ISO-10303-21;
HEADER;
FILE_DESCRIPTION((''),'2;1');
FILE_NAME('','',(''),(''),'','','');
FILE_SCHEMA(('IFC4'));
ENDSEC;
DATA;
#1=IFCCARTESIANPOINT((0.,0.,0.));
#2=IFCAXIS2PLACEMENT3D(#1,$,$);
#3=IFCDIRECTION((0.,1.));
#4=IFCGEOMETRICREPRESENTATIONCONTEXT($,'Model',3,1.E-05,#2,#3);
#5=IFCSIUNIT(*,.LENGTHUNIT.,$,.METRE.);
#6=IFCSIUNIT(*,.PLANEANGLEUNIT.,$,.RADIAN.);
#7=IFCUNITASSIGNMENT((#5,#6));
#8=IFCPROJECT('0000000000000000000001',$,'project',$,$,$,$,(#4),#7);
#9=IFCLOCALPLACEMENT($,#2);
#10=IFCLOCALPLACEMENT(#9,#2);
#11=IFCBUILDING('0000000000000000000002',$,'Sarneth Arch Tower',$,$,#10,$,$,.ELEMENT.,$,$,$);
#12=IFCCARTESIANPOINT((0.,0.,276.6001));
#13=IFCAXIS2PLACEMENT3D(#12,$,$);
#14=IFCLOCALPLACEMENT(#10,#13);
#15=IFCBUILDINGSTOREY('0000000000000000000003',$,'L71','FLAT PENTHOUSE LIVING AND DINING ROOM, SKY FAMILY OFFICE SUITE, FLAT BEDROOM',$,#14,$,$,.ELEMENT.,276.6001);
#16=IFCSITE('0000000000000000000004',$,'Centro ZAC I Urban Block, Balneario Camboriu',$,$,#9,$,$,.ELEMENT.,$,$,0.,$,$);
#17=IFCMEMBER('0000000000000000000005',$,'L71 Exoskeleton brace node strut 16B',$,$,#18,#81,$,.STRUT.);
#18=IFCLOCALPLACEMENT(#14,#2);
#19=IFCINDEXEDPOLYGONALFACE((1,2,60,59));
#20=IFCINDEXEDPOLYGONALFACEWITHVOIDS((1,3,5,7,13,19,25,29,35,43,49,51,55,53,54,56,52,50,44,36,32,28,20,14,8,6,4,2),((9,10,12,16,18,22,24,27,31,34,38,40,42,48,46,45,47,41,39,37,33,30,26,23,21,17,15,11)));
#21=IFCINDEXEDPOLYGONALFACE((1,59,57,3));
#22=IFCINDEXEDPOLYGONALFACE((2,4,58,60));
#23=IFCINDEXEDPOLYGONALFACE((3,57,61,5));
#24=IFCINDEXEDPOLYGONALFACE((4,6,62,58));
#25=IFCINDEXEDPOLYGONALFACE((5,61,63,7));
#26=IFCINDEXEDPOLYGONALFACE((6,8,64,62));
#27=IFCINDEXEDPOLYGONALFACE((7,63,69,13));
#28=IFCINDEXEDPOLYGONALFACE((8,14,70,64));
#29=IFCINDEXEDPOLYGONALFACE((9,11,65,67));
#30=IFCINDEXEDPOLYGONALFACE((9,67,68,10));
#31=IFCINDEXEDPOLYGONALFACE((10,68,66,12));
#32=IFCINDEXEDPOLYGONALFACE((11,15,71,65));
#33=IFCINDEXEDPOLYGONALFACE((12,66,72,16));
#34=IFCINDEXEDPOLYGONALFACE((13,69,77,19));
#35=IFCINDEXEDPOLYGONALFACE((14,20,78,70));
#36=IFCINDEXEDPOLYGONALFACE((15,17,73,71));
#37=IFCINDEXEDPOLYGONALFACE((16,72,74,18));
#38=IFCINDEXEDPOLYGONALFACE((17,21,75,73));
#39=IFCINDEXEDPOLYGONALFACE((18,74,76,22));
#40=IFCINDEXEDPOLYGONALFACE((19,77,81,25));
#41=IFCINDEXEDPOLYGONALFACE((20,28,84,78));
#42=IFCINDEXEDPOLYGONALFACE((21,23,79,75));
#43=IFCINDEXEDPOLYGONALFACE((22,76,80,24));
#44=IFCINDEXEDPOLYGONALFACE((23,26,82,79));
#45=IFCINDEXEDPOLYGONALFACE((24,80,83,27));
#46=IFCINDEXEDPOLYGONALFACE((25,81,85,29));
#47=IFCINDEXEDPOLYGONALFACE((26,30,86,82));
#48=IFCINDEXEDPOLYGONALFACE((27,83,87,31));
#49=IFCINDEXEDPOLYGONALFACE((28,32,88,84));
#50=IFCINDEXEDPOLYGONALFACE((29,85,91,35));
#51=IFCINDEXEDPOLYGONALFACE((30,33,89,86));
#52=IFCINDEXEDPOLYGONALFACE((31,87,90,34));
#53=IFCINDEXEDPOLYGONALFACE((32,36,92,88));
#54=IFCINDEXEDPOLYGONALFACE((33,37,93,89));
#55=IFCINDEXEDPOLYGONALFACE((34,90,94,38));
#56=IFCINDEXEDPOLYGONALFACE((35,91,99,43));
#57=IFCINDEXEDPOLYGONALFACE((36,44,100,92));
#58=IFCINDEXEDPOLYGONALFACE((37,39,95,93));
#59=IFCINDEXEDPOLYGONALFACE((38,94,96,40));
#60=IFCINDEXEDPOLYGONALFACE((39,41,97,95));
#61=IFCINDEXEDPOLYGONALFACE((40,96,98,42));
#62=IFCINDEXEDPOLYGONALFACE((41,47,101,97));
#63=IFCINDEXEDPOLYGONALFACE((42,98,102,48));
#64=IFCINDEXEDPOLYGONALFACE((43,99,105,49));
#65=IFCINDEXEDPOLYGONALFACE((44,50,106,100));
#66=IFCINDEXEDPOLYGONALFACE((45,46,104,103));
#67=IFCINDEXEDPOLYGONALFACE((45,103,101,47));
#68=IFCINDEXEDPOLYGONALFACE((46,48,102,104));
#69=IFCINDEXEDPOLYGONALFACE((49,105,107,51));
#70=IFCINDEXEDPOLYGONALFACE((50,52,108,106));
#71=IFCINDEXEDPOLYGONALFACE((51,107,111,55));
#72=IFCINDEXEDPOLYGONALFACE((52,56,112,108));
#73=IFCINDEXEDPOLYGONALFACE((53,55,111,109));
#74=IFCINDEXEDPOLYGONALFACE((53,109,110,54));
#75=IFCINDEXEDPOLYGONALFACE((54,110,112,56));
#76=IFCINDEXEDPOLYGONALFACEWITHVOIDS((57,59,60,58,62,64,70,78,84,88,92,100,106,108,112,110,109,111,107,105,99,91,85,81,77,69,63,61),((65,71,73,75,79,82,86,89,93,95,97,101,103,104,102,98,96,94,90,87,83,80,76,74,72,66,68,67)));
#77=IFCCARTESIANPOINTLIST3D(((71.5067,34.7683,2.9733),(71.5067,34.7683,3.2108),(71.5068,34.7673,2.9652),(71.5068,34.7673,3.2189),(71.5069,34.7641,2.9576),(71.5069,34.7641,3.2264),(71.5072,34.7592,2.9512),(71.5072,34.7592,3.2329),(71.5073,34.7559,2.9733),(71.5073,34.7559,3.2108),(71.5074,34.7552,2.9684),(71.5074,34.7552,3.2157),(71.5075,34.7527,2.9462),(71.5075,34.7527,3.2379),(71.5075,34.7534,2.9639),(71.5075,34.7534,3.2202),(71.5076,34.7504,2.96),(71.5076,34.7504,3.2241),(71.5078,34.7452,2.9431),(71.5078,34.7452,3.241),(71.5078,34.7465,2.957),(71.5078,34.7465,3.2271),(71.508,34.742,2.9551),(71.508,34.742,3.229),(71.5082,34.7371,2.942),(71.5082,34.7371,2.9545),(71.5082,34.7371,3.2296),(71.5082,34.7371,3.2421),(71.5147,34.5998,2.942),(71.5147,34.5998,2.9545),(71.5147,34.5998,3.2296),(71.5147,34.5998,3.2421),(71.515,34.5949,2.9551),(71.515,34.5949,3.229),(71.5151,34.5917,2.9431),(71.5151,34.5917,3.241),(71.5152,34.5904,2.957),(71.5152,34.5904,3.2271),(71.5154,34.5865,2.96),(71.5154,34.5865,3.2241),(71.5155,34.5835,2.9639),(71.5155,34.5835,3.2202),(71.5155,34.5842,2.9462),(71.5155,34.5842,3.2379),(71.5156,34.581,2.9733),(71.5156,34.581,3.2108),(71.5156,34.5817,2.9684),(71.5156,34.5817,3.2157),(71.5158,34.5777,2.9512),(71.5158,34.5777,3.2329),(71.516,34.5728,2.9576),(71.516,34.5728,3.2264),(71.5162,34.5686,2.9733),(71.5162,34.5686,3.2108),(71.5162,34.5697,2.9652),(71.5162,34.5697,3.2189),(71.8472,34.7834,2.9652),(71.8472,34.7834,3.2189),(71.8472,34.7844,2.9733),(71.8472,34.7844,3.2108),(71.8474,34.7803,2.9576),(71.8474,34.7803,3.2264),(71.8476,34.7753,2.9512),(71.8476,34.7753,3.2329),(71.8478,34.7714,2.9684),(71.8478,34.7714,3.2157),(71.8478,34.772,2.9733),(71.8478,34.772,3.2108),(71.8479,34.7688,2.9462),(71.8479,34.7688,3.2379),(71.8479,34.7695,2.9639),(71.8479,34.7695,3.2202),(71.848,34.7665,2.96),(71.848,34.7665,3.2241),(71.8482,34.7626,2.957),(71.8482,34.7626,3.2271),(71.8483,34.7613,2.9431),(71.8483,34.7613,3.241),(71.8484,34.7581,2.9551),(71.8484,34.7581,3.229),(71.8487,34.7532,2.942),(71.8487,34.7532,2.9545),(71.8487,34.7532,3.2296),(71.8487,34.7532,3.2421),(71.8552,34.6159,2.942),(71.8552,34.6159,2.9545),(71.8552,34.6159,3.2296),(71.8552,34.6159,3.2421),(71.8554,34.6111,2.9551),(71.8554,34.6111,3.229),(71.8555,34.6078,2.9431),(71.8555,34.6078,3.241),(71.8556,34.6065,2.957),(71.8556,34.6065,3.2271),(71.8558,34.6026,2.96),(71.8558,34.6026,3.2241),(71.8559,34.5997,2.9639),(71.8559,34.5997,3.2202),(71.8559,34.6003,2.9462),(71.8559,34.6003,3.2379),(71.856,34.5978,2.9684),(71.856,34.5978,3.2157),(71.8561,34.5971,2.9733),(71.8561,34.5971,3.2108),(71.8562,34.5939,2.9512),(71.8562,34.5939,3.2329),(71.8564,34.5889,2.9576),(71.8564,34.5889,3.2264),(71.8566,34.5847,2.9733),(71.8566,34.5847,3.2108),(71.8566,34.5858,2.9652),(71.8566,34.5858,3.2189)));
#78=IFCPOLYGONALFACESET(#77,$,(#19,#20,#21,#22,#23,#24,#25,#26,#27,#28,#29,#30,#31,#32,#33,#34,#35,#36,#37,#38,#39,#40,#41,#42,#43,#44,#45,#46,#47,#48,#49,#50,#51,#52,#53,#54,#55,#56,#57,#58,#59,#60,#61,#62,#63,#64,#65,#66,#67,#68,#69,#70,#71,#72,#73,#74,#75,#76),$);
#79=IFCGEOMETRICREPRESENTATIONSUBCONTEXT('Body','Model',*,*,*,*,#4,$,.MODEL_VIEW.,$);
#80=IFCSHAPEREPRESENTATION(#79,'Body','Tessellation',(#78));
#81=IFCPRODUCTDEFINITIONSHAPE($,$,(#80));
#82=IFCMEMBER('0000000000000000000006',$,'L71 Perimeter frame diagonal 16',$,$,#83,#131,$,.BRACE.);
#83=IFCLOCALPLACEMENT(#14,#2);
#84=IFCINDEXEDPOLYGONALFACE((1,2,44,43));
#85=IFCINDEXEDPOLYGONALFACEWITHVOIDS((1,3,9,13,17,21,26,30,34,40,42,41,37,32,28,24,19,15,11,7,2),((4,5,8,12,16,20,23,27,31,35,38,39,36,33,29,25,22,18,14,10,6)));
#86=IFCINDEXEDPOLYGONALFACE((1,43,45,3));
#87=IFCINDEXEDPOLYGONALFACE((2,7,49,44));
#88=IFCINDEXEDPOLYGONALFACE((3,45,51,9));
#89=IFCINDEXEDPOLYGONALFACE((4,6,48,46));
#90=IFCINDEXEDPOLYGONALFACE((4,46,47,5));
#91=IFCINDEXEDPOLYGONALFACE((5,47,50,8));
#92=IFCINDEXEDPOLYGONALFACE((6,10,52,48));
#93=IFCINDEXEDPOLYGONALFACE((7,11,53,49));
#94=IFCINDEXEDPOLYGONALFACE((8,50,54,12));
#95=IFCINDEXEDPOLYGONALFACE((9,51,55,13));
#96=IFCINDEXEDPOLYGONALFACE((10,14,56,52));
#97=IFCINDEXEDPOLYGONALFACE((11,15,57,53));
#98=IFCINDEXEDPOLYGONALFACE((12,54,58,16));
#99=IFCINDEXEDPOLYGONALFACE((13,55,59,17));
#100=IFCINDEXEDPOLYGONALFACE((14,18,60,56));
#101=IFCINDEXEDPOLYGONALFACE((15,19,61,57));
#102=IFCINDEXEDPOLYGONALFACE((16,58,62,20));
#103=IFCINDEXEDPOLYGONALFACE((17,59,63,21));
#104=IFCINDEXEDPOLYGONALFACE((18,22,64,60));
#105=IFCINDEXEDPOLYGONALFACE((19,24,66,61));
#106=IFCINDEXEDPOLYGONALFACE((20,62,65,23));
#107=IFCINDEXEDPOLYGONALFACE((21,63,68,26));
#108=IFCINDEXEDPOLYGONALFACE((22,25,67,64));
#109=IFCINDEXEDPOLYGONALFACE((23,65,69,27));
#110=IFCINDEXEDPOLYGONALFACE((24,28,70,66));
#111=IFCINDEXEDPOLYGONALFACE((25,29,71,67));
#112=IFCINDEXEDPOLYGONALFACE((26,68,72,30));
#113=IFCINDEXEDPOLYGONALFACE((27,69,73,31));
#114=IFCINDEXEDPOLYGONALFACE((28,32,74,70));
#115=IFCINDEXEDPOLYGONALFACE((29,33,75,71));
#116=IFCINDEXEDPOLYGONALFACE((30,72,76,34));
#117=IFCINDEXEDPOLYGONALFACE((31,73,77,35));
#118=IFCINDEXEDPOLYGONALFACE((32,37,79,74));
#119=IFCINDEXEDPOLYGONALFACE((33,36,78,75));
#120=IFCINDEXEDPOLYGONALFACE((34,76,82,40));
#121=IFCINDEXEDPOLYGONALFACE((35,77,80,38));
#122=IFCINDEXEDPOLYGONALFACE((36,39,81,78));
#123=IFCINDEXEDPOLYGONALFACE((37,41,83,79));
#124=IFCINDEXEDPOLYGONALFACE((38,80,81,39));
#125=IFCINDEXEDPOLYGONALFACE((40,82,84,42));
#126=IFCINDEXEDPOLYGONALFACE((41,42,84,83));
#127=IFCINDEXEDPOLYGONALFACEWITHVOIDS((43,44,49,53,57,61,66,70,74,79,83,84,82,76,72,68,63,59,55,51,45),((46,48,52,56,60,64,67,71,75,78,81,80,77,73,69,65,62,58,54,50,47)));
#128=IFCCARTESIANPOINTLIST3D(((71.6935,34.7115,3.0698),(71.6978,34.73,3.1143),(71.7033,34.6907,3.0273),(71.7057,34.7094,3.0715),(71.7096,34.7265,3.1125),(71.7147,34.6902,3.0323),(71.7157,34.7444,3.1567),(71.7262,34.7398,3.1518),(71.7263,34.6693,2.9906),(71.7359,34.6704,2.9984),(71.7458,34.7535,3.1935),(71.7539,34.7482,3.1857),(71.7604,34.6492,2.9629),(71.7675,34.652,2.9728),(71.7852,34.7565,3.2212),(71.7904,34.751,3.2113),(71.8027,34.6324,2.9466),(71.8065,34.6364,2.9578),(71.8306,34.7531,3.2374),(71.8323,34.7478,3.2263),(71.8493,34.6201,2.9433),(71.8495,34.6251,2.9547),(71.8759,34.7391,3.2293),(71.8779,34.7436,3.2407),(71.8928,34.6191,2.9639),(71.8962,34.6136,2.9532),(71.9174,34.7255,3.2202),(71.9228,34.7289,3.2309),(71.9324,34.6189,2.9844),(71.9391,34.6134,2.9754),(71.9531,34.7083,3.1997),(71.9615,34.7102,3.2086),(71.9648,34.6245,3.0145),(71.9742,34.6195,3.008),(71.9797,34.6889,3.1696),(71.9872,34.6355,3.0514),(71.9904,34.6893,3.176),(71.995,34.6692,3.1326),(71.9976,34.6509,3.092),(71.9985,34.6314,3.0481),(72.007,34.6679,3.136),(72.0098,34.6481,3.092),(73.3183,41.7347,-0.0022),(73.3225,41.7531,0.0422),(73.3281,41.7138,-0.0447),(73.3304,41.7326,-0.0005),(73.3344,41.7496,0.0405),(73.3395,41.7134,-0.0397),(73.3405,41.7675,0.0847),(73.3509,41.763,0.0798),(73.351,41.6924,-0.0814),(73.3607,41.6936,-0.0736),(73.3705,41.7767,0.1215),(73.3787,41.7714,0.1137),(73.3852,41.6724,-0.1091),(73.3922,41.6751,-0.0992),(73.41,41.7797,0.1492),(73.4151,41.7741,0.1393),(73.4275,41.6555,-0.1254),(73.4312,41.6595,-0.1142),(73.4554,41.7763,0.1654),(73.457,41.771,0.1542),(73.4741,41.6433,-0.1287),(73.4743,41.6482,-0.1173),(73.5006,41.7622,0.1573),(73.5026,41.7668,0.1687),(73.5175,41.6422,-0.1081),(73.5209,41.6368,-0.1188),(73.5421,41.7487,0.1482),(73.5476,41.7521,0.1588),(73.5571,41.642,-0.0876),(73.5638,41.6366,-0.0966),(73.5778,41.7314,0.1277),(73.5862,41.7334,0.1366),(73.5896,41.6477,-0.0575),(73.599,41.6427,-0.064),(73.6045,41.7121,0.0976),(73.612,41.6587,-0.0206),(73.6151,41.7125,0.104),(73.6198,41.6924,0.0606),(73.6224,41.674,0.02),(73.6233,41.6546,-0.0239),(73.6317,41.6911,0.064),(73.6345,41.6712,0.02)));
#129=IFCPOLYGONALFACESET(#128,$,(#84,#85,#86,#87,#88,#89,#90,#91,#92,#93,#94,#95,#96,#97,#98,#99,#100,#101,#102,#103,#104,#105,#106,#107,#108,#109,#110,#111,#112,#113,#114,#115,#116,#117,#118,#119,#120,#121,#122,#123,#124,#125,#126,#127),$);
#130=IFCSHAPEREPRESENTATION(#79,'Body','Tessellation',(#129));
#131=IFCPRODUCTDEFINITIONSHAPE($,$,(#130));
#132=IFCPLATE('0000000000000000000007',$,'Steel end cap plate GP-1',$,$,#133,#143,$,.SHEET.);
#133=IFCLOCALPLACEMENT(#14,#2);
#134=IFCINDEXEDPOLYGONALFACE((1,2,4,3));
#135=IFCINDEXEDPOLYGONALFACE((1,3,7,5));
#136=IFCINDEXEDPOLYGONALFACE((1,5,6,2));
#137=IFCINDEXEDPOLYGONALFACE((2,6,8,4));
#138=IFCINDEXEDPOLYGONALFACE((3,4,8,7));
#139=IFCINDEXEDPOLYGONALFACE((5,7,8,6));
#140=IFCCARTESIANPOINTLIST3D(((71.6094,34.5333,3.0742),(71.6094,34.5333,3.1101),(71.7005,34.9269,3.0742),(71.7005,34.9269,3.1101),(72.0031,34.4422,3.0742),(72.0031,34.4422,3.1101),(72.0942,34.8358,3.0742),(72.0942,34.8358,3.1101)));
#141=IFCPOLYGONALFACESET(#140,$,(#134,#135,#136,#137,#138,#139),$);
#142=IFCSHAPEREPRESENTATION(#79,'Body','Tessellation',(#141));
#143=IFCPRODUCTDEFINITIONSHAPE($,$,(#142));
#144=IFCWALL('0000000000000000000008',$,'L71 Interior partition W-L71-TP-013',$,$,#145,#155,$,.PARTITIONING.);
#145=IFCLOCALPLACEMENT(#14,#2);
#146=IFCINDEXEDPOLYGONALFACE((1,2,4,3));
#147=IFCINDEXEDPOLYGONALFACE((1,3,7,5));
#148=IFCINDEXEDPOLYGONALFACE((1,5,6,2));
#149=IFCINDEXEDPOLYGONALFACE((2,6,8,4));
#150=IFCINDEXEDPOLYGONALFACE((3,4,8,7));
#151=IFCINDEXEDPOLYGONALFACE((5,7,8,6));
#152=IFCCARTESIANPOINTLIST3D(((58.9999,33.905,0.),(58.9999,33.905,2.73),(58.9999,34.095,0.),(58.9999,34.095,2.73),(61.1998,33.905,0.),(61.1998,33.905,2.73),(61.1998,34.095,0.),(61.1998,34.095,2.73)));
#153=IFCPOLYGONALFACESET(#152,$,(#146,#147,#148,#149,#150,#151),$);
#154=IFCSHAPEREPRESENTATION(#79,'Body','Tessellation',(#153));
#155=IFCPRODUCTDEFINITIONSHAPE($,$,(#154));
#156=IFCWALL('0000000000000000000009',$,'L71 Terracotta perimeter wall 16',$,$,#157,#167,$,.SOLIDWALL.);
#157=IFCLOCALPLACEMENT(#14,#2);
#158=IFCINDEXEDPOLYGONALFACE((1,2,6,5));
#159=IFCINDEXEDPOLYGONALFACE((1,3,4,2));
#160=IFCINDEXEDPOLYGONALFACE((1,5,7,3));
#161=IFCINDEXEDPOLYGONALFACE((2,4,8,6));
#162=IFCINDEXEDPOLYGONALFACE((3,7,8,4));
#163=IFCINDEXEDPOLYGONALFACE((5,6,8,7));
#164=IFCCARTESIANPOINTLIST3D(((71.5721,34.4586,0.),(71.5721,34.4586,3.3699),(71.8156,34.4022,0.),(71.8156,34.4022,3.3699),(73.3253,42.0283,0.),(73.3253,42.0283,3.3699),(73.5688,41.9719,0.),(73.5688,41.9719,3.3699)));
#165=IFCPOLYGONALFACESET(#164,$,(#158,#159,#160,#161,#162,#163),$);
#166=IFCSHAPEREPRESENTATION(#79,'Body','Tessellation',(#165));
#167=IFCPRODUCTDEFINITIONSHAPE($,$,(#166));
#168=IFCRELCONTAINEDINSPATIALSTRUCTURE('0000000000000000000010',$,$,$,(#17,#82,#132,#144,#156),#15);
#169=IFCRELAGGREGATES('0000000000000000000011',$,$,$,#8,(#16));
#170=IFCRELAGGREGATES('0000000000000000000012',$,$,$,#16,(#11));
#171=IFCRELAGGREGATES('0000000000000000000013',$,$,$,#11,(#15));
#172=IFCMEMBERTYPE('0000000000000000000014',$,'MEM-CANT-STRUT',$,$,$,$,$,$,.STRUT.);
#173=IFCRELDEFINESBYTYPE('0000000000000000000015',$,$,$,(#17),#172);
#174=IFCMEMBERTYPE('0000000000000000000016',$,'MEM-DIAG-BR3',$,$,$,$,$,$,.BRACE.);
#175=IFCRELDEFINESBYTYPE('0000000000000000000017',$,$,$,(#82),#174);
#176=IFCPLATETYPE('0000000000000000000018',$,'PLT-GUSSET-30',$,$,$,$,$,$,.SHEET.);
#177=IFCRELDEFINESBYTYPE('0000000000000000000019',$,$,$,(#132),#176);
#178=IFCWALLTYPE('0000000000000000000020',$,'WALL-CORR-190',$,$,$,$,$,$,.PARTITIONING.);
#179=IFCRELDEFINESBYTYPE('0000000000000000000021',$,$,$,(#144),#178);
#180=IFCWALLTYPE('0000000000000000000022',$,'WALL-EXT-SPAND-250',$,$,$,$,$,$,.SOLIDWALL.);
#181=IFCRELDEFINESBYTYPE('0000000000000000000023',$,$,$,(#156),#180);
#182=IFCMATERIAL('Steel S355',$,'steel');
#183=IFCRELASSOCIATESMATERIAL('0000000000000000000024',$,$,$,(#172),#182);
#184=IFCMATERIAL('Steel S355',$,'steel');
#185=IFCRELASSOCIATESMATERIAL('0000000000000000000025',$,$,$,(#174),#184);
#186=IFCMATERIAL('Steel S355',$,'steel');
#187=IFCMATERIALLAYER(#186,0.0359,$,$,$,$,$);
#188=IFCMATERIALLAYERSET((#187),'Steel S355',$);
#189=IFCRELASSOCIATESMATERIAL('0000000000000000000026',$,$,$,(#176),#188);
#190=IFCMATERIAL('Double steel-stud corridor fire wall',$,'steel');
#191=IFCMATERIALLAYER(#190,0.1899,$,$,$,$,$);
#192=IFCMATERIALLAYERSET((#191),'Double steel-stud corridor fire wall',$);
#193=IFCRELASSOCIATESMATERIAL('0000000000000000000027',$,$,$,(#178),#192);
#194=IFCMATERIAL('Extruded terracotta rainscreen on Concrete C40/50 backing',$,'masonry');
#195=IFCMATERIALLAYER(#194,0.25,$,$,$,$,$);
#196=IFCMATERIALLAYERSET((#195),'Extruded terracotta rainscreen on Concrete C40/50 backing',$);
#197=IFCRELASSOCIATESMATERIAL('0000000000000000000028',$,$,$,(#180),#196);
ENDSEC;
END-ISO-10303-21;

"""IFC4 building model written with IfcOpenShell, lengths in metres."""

from ifc_helpers import new_model, si_unit, direction, frame, frame_2d, origin, origin_2d, place, context, subcontext, project, spatial, rectangle, hollow_rectangle, hollow_circle, extrude, material, layer, layer_set, material_profile, profile_set, type_object, element, save


model = new_model("IFC4")

# Units and contexts
model_context = context("Model", 3, precision=1e-05, world=origin(), true_north=direction((0.0, 1.0)))
body_context = subcontext(model_context, "Body", "Model", "MODEL_VIEW")
ifc_project = project(units=[si_unit("LENGTHUNIT", "METRE"), si_unit("PLANEANGLEUNIT", "RADIAN")], contexts=[model_context])

# Site, building, storey
site_placement = place(None, origin())
site = spatial("IfcSite", under=ifc_project, at=site_placement, Name="Centro ZAC I Urban Block, Balneario Camboriu", CompositionType="ELEMENT", RefElevation=0.0)
building_placement = place(site_placement, origin())
building = spatial("IfcBuilding", under=site, at=building_placement, Name="Sarneth Arch Tower", CompositionType="ELEMENT")
storey_placement = place(building_placement, frame((0.0, 0.0, 276.6001)))
storey = spatial("IfcBuildingStorey", under=building, at=storey_placement, Name="L71", Description="FLAT PENTHOUSE LIVING AND DINING ROOM, SKY FAMILY OFFICE SUITE, FLAT BEDROOM", CompositionType="ELEMENT", Elevation=276.6001)

# Members
ifc_material_1 = material(Name="Steel S355", Category="steel")
ifc_material_profile_1 = material_profile(ifc_material_1, hollow_rectangle(XDim=0.2, YDim=0.3, WallThickness=0.0125, InnerFilletRadius=0.0188, OuterFilletRadius=0.0312, at=origin_2d()), Name="RHS300x200x12.5")
ifc_profile_set_1 = profile_set([ifc_material_profile_1], Name="Steel S355")
member_type_1 = type_object("IfcMemberType", Name="MEM-CANT-STRUT", PredefinedType="STRUT", material=ifc_profile_set_1)
member_1_placement = place(storey_placement, frame((71.5115, 34.6685, 3.092), z_axis=(0.998881, 0.047293, 0.0), x_axis=(-0.047293, 0.998881, 0.0)))
element("IfcMember", 1, at=member_1_placement, inside=storey, type_object=member_type_1, Name="L71 Exoskeleton brace node strut 16B", PredefinedType="STRUT", context=body_context, shape_type="SweptSolid", body=[
    extrude(hollow_rectangle(XDim=0.2, YDim=0.3, WallThickness=0.0125, InnerFilletRadius=0.0188, OuterFilletRadius=0.0312, at=origin_2d()), origin(), (0.0, 0.0, 1.0), 0.3408),
])
ifc_material_2 = material(Name="Steel S355", Category="steel")
ifc_material_profile_2 = material_profile(ifc_material_2, hollow_circle(Radius=0.1621, WallThickness=0.0125, at=origin_2d()), Name="CHS324x12.5")
ifc_profile_set_2 = profile_set([ifc_material_profile_2], Name="Steel S355")
member_type_2 = type_object("IfcMemberType", Name="MEM-DIAG-BR3", PredefinedType="BRACE", material=ifc_profile_set_2)
member_2_placement = place(storey_placement, frame((73.4766, 41.7078, 0.02), z_axis=(-0.207346, -0.896276, 0.392041), x_axis=(0.974269, -0.225389, 0.0)))
element("IfcMember", 2, at=member_2_placement, inside=storey, type_object=member_type_2, Name="L71 Perimeter frame diagonal 16", PredefinedType="BRACE", context=body_context, shape_type="SweptSolid", body=[
    extrude(hollow_circle(Radius=0.1621, WallThickness=0.0125, at=origin_2d()), origin(), (0.0, 0.0, 1.0), 7.8359),
])

# Plate
ifc_material_3 = material(Name="Steel S355", Category="steel")
ifc_layer_1 = layer(ifc_material_3, 0.0359)
ifc_layer_set_1 = layer_set([ifc_layer_1], Name="Steel S355")
plate_type = type_object("IfcPlateType", Name="PLT-GUSSET-30", PredefinedType="SHEET", material=ifc_layer_set_1)
plate_placement = place(storey_placement, frame((71.8518, 34.6846, 3.0742), z_axis=(0.0, 0.0, 1.0), x_axis=(0.225461, 0.974252, 0.0)))
element("IfcPlate", 3, at=plate_placement, inside=storey, type_object=plate_type, Name="Steel end cap plate GP-1", PredefinedType="SHEET", context=body_context, shape_type="SweptSolid", body=[
    extrude(rectangle(XDim=0.4041, YDim=0.4041, at=origin_2d()), origin(), (0.0, 0.0, 1.0), 0.0359),
])

# Walls
ifc_material_4 = material(Name="Double steel-stud corridor fire wall", Category="steel")
ifc_layer_2 = layer(ifc_material_4, 0.1899)
ifc_layer_set_2 = layer_set([ifc_layer_2], Name="Double steel-stud corridor fire wall")
wall_type_1 = type_object("IfcWallType", Name="WALL-CORR-190", PredefinedType="PARTITIONING", material=ifc_layer_set_2)
wall_1_placement = place(storey_placement, frame((61.2, 34.0, 0.0), z_axis=(0.0, 0.0, 1.0), x_axis=(-1.0, 0.0, 0.0)))
element("IfcWall", 4, at=wall_1_placement, inside=storey, type_object=wall_type_1, Name="L71 Interior partition W-L71-TP-013", PredefinedType="PARTITIONING", context=body_context, shape_type="SweptSolid", body=[
    extrude(rectangle(XDim=2.2, YDim=0.1899, at=frame_2d((1.1001, 0.0))), origin(), (0.0, 0.0, 1.0), 2.73),
])
ifc_material_5 = material(Name="Extruded terracotta rainscreen on Concrete C40/50 backing", Category="masonry")
ifc_layer_3 = layer(ifc_material_5, 0.25)
ifc_layer_set_3 = layer_set([ifc_layer_3], Name="Extruded terracotta rainscreen on Concrete C40/50 backing")
wall_type_2 = type_object("IfcWallType", Name="WALL-EXT-SPAND-250", PredefinedType="SOLIDWALL", material=ifc_layer_set_3)
wall_2_placement = place(storey_placement, frame((71.6938, 34.4304, 0.0), z_axis=(0.0, 0.0, 1.0), x_axis=(0.225635, 0.974212, 0.0)))
element("IfcWall", 5, at=wall_2_placement, inside=storey, type_object=wall_type_2, Name="L71 Terracotta perimeter wall 16", PredefinedType="SOLIDWALL", context=body_context, shape_type="SweptSolid", body=[
    extrude(rectangle(XDim=7.77, YDim=0.25, at=frame_2d((3.885, 0.0))), origin(), (0.0, 0.0, 1.0), 3.3699),
])

save(model, "model.ifc")
